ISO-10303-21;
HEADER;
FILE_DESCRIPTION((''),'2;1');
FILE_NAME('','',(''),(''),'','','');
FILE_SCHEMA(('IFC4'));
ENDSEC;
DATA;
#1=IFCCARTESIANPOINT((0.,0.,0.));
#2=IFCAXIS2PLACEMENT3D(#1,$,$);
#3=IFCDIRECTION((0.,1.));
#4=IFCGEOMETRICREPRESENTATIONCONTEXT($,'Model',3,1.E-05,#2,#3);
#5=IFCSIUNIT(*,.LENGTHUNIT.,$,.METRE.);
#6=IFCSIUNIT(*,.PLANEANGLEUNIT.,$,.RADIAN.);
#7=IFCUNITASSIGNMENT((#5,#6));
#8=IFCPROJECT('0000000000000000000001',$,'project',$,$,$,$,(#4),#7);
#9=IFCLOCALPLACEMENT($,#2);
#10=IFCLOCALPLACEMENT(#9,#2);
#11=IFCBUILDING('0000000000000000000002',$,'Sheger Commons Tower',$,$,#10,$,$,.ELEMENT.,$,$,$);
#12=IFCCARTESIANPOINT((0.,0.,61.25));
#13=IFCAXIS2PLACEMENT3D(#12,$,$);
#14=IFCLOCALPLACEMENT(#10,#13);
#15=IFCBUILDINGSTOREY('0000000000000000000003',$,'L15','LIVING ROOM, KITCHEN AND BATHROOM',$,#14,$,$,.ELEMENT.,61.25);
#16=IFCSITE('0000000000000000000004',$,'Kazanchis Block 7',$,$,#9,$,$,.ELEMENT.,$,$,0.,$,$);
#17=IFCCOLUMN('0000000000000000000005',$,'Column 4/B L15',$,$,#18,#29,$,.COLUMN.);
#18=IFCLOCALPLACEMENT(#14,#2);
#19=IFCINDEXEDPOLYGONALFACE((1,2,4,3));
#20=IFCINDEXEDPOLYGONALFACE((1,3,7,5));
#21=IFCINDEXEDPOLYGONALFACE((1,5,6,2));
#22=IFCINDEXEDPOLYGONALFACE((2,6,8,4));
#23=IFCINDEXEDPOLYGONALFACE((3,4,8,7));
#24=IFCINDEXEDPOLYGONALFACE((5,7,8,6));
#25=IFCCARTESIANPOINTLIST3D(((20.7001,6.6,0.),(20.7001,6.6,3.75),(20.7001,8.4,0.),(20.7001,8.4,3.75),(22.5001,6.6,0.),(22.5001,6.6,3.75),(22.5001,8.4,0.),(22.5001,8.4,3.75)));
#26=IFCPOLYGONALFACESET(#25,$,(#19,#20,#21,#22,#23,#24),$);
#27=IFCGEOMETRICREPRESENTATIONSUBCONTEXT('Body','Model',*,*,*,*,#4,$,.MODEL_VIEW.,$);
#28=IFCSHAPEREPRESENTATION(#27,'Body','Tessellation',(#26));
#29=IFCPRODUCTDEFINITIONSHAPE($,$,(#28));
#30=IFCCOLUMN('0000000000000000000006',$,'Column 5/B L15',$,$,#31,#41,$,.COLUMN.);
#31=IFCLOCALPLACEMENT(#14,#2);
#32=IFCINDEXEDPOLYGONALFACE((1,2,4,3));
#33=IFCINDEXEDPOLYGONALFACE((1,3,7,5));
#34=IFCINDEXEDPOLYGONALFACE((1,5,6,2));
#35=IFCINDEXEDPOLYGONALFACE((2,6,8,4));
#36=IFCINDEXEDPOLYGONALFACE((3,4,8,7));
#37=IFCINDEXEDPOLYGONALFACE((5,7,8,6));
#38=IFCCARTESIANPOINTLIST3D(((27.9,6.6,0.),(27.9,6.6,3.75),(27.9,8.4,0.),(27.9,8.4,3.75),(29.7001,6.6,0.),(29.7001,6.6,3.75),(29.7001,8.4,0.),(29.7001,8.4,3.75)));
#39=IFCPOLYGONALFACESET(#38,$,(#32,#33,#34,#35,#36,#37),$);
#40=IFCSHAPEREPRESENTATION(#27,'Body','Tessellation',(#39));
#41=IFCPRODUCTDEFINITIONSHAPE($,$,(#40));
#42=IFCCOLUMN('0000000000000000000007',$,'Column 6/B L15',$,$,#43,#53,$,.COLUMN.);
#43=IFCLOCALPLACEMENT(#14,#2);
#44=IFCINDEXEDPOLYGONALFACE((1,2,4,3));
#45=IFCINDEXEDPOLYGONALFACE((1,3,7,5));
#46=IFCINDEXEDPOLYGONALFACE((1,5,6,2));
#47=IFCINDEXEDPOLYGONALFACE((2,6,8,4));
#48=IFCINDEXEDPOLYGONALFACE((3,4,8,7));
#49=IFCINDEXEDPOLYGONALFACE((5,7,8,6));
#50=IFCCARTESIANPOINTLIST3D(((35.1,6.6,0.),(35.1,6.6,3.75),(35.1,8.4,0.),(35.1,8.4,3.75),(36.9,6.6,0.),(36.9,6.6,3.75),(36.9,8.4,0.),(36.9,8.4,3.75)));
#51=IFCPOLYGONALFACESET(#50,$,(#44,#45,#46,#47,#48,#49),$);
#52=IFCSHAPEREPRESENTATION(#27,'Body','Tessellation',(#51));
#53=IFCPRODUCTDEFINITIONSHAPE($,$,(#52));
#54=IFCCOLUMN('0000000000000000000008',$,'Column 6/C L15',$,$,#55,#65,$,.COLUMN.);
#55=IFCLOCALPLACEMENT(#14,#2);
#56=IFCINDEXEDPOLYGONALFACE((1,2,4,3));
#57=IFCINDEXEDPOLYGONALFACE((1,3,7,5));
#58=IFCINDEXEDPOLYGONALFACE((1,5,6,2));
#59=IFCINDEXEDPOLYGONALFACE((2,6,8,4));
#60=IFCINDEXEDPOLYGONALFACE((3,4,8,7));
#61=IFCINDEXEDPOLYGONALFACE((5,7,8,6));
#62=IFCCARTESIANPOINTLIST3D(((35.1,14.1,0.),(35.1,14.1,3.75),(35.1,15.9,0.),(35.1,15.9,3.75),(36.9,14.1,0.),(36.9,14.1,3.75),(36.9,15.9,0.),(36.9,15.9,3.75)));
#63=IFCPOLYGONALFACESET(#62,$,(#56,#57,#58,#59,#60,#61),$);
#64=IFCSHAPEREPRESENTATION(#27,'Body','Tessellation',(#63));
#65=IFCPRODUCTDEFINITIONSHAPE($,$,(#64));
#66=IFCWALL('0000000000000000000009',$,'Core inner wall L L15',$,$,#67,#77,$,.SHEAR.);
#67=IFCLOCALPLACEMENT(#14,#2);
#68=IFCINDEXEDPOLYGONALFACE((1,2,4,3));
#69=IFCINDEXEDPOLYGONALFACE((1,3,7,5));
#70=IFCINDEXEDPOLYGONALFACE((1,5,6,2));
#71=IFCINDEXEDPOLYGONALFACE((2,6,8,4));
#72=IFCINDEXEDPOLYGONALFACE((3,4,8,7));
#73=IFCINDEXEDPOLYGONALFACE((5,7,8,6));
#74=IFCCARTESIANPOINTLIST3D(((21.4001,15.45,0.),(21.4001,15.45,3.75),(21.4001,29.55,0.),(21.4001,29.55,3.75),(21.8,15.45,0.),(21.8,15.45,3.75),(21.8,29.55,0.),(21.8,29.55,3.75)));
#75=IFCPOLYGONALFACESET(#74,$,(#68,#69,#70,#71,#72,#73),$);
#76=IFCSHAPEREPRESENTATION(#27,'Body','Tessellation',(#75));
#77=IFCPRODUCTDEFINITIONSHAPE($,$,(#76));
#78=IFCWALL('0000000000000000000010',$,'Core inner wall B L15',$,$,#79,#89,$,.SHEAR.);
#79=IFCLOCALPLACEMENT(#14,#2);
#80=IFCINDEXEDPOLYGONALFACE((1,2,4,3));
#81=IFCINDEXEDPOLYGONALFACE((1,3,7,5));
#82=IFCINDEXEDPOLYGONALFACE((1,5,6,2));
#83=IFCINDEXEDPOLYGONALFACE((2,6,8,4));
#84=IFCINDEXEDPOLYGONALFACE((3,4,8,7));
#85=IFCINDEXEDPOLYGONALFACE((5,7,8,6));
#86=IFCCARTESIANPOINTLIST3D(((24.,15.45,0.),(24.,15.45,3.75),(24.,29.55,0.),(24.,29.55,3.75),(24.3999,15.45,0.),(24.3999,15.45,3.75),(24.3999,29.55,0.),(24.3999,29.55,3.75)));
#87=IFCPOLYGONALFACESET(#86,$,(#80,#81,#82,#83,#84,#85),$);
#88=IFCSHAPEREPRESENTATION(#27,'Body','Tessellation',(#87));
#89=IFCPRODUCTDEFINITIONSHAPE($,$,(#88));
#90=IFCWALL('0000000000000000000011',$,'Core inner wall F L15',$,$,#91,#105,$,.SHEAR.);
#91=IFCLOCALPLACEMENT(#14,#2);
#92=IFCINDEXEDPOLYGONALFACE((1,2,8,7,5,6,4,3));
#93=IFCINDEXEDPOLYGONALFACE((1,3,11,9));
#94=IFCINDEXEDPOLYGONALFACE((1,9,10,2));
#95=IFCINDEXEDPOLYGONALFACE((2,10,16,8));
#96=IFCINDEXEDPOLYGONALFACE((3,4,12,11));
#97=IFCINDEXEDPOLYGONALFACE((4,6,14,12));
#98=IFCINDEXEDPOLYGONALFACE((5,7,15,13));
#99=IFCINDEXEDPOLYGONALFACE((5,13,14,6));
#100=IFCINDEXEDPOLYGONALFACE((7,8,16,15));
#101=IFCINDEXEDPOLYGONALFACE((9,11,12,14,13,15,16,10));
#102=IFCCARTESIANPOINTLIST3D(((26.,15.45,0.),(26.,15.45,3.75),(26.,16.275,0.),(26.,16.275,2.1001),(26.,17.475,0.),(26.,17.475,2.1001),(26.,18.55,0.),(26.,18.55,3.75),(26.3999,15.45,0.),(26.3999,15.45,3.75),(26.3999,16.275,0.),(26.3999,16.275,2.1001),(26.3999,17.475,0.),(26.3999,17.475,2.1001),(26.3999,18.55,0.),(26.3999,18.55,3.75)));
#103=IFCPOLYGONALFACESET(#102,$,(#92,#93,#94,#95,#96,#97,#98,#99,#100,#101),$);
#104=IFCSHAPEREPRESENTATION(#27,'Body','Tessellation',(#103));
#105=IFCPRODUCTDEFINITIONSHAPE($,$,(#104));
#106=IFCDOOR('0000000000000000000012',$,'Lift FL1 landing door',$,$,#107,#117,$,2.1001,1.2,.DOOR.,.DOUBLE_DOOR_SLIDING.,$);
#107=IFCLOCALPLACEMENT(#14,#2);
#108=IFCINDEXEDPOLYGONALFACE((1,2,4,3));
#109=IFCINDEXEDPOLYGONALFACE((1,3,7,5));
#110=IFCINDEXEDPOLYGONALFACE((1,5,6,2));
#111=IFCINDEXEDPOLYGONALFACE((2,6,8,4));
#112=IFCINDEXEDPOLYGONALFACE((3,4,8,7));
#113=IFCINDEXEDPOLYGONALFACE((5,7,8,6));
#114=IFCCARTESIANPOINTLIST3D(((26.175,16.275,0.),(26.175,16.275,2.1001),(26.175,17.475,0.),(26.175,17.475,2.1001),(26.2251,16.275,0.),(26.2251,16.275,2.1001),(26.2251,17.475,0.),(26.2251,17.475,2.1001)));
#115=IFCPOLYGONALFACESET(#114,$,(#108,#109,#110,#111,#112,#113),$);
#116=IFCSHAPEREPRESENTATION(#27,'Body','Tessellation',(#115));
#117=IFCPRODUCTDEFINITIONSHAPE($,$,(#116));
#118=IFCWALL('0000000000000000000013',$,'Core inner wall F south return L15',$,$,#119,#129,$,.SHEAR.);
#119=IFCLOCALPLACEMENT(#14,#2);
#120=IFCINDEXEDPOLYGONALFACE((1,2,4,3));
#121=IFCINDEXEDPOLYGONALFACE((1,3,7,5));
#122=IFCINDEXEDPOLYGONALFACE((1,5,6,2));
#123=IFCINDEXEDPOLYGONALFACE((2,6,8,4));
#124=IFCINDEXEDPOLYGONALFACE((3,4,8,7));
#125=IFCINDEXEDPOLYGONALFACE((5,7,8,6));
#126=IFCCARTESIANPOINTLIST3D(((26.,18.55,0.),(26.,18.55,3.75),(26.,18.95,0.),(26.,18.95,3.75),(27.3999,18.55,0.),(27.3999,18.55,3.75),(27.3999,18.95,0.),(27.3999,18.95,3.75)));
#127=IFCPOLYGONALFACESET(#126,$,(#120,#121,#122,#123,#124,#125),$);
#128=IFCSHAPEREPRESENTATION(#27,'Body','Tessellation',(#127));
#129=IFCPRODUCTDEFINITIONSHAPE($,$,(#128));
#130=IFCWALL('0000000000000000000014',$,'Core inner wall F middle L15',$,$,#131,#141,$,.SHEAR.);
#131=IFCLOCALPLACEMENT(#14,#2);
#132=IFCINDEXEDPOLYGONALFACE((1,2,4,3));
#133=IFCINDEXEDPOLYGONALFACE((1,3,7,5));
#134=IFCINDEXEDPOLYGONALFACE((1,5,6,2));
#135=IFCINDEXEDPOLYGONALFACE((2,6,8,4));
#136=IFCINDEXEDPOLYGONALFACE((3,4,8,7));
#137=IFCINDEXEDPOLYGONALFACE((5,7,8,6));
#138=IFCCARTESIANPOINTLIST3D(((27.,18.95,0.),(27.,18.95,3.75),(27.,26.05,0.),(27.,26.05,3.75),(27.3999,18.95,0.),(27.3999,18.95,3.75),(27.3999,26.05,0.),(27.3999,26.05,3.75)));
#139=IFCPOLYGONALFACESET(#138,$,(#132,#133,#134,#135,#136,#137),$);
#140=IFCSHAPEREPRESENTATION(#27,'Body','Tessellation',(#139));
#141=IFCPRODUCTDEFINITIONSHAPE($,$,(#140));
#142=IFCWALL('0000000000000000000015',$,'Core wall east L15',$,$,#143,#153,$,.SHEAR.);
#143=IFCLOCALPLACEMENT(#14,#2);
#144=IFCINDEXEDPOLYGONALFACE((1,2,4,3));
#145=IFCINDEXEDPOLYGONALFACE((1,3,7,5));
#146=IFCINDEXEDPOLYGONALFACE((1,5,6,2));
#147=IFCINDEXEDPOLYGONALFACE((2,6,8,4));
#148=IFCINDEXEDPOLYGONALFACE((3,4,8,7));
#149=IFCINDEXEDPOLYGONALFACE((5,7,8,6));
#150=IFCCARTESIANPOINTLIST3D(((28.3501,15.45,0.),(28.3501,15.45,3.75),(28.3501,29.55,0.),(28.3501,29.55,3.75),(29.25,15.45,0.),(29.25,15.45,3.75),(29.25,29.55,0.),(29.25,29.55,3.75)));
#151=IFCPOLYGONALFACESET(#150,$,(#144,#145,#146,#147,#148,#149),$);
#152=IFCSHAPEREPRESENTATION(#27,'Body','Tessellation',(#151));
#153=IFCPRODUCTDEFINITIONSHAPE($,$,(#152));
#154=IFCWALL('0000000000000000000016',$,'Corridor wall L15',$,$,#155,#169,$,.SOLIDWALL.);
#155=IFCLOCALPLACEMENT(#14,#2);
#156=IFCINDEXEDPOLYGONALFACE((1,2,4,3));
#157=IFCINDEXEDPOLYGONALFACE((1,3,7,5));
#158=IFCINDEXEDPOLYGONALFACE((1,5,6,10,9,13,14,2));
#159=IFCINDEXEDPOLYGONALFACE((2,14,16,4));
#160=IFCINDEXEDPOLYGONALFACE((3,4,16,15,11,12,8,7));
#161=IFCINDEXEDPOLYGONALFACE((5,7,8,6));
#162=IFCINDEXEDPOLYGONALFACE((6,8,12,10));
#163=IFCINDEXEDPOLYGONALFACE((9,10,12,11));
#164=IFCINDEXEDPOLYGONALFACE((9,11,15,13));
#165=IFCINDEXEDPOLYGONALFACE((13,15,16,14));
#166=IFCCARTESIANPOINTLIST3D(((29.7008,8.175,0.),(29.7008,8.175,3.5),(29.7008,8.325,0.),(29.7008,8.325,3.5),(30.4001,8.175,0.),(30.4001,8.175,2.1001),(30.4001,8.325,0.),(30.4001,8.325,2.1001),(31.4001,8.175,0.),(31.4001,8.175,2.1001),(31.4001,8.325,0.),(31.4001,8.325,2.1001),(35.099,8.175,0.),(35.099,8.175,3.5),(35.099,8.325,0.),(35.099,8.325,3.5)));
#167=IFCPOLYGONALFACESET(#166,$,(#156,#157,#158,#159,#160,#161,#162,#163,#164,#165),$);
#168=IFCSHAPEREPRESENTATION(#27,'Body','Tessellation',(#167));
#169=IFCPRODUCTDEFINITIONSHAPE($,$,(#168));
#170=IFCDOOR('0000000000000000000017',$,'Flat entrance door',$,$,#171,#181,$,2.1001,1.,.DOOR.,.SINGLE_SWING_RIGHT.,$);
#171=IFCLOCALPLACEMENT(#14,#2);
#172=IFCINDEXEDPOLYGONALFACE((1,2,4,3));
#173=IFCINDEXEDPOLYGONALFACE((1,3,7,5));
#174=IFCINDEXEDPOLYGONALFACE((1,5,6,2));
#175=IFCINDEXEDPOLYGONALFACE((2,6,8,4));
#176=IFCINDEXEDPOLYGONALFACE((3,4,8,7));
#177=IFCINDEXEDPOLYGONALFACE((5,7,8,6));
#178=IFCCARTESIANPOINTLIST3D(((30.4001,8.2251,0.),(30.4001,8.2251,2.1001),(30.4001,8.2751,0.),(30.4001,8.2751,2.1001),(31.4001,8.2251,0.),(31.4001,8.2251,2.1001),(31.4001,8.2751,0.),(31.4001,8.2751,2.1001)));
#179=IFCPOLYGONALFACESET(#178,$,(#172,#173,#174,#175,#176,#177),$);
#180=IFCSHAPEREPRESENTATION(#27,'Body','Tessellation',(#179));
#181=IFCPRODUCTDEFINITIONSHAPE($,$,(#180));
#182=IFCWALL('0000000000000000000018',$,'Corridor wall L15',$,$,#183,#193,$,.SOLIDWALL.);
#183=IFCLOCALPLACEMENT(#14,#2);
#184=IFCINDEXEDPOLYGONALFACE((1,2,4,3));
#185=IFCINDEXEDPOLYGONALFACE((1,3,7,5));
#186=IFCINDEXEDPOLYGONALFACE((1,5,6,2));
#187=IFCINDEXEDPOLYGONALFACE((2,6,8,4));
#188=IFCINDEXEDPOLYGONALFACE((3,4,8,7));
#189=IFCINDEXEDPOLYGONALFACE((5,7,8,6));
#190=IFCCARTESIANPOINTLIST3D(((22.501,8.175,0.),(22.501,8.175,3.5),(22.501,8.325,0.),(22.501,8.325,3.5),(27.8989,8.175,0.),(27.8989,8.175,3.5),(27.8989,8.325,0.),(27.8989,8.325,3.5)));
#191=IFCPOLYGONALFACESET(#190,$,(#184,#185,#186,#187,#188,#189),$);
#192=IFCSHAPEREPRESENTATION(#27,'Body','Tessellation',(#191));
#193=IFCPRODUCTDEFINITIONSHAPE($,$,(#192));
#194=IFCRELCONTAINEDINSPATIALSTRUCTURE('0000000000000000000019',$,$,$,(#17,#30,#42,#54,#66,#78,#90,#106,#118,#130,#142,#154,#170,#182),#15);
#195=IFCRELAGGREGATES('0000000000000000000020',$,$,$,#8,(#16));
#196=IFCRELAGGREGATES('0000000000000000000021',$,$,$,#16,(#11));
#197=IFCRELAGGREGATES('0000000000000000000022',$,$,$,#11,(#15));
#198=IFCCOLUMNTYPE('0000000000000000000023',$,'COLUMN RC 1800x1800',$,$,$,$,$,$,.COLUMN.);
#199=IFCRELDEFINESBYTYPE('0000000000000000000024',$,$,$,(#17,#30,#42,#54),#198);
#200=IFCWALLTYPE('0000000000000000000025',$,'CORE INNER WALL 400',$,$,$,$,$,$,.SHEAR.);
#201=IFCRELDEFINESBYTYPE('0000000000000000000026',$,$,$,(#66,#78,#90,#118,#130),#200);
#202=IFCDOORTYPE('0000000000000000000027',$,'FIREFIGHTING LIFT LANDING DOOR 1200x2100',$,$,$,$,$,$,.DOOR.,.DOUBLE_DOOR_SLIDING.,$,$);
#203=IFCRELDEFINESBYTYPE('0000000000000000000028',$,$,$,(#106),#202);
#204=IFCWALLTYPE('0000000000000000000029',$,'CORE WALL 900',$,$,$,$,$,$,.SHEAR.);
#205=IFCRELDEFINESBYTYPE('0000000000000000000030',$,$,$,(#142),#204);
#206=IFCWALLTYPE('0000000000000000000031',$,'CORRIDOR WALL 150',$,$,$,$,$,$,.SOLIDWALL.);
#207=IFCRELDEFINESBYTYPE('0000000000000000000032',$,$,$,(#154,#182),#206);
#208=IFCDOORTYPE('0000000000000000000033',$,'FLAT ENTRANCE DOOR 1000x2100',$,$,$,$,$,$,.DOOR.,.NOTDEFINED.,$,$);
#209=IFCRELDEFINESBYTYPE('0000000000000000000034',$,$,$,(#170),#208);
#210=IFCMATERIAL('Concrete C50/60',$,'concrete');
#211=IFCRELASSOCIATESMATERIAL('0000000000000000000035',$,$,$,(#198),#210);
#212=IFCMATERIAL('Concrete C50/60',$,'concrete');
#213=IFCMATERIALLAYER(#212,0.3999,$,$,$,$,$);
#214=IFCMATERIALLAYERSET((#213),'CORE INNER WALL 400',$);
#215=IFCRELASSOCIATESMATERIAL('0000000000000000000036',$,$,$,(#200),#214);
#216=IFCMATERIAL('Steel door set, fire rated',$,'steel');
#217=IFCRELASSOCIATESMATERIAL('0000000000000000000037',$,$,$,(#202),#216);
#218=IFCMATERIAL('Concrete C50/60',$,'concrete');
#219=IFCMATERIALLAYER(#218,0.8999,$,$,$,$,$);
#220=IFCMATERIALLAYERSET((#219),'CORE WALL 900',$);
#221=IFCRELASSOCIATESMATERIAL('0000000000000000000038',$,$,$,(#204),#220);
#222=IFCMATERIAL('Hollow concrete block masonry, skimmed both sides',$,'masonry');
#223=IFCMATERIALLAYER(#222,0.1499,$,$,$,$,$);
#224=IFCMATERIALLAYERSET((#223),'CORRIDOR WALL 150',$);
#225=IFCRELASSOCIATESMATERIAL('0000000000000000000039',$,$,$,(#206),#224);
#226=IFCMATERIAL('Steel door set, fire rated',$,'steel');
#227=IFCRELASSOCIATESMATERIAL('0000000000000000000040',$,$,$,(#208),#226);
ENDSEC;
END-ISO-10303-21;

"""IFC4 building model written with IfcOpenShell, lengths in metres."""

from ifc_helpers import new_model, si_unit, direction, frame, frame_2d, origin, origin_2d, place, context, subcontext, project, spatial, rectangle, extrude, material, layer, layer_set, material_profile, profile_set, type_object, element, fill, save


model = new_model("IFC4")

# Units and contexts
model_context = context("Model", 3, precision=1e-05, world=origin(), true_north=direction((0.0, 1.0)))
body_context = subcontext(model_context, "Body", "Model", "MODEL_VIEW")
ifc_project = project(units=[si_unit("LENGTHUNIT", "METRE"), si_unit("PLANEANGLEUNIT", "RADIAN")], contexts=[model_context])

# Site, building, storey
site_placement = place(None, origin())
site = spatial("IfcSite", under=ifc_project, at=site_placement, Name="Kazanchis Block 7", CompositionType="ELEMENT", RefElevation=0.0)
building_placement = place(site_placement, origin())
building = spatial("IfcBuilding", under=site, at=building_placement, Name="Sheger Commons Tower", CompositionType="ELEMENT")
storey_placement = place(building_placement, frame((0.0, 0.0, 61.25)))
storey = spatial("IfcBuildingStorey", under=building, at=storey_placement, Name="L15", Description="LIVING ROOM, KITCHEN AND BATHROOM", CompositionType="ELEMENT", Elevation=61.25)

# Columns
ifc_material_1 = material(Name="Concrete C50/60", Category="concrete")
ifc_material_profile = material_profile(ifc_material_1, rectangle(XDim=1.8, YDim=1.8, at=origin_2d()), Name="RC 1800x1800")
ifc_profile_set = profile_set([ifc_material_profile], Name="Concrete C50/60")
column_type = type_object("IfcColumnType", Name="COLUMN RC 1800x1800", PredefinedType="COLUMN", material=ifc_profile_set)
for number, where, z_axis, x_axis, name in (
    (1, (21.6001, 7.5, 0.0), (0.0, 0.0, 1.0), (1.0, 0.0, 0.0), "Column 4/B L15"),
    (2, (28.8, 7.5, 0.0), (0.0, 0.0, 1.0), (1.0, 0.0, 0.0), "Column 5/B L15"),
    (3, (36.0, 7.5, 0.0), (0.0, 0.0, 1.0), (1.0, 0.0, 0.0), "Column 6/B L15"),
    (4, (36.0, 15.0, 0.0), (0.0, 0.0, 1.0), (1.0, 0.0, 0.0), "Column 6/C L15"),
):
    element("IfcColumn", number, at=place(storey_placement, frame(where, z_axis=z_axis, x_axis=x_axis)), inside=storey, type_object=column_type, Name=name, PredefinedType="COLUMN", context=body_context, shape_type="SweptSolid", body=[
        extrude(rectangle(XDim=1.8, YDim=1.8, at=origin_2d()), origin(), (0.0, 0.0, 1.0), 3.75),
    ])

# Walls
ifc_material_2 = material(Name="Concrete C50/60", Category="concrete")
ifc_layer_1 = layer(ifc_material_2, 0.3999)
ifc_layer_set_1 = layer_set([ifc_layer_1], Name="CORE INNER WALL 400")
wall_type_1 = type_object("IfcWallType", Name="CORE INNER WALL 400", PredefinedType="SHEAR", material=ifc_layer_set_1)
for number, where, z_axis, x_axis, name in (
    (5, (21.6001, 15.45, 0.0), (0.0, 0.0, 1.0), (0.0, 1.0, 0.0), "Core inner wall L L15"),
    (6, (24.2, 15.45, 0.0), (0.0, 0.0, 1.0), (0.0, 1.0, 0.0), "Core inner wall B L15"),
):
    element("IfcWall", number, at=place(storey_placement, frame(where, z_axis=z_axis, x_axis=x_axis)), inside=storey, type_object=wall_type_1, Name=name, PredefinedType="SHEAR", context=body_context, shape_type="SweptSolid", body=[
        extrude(rectangle(XDim=14.1001, YDim=0.3999, at=frame_2d((7.05, 0.0))), origin(), (0.0, 0.0, 1.0), 3.75),
    ])

# Wall, opening, door
wall_1_placement = place(storey_placement, frame((26.2, 15.45, 0.0), z_axis=(0.0, 0.0, 1.0), x_axis=(0.0, 1.0, 0.0)))
wall_1 = element("IfcWall", 7, at=wall_1_placement, inside=storey, type_object=wall_type_1, Name="Core inner wall F L15", PredefinedType="SHEAR", context=body_context, shape_type="SweptSolid", body=[
    extrude(rectangle(XDim=3.1001, YDim=0.3999, at=frame_2d((1.55, 0.0))), origin(), (0.0, 0.0, 1.0), 3.75),
])
opening_1_placement = place(wall_1_placement, frame((0.825, 0.0, 0.0)))
opening_1 = element("IfcOpeningElement", 8, at=opening_1_placement, cuts=wall_1, PredefinedType="OPENING", context=body_context, shape_type="SweptSolid", body=[
    extrude(rectangle(XDim=1.2, YDim=2.1001, at=frame_2d((0.6001, 1.05))), frame((0.0, 0.21, 0.0), z_axis=(0.0, -1.0, 0.0), x_axis=(1.0, 0.0, 0.0)), (0.0, 0.0, 1.0), 0.4199),
])
ifc_material_3 = material(Name="Steel door set, fire rated", Category="steel")
door_type_1 = type_object("IfcDoorType", Name="FIREFIGHTING LIFT LANDING DOOR 1200x2100", OperationType="DOUBLE_DOOR_SLIDING", PredefinedType="DOOR", material=ifc_material_3)
door_1_placement = place(opening_1_placement, origin())
door_1 = element("IfcDoor", 9, at=door_1_placement, inside=storey, type_object=door_type_1, Name="Lift FL1 landing door", OperationType="DOUBLE_DOOR_SLIDING", OverallHeight=2.1001, OverallWidth=1.2, PredefinedType="DOOR", context=body_context, shape_type="SweptSolid", body=[
    extrude(rectangle(XDim=1.2, YDim=2.1001, at=frame_2d((0.6001, 1.05))), frame((0.0, 0.0249, 0.0), z_axis=(0.0, -1.0, 0.0), x_axis=(1.0, 0.0, 0.0)), (0.0, 0.0, 1.0), 0.05),
])
fill(opening_1, door_1)

# Walls
wall_2_placement = place(storey_placement, frame((26.0, 18.75, 0.0), z_axis=(0.0, 0.0, 1.0), x_axis=(1.0, 0.0, 0.0)))
element("IfcWall", 10, at=wall_2_placement, inside=storey, type_object=wall_type_1, Name="Core inner wall F south return L15", PredefinedType="SHEAR", context=body_context, shape_type="SweptSolid", body=[
    extrude(rectangle(XDim=1.3999, YDim=0.3999, at=frame_2d((0.7, 0.0))), origin(), (0.0, 0.0, 1.0), 3.75),
])
wall_3_placement = place(storey_placement, frame((27.2, 18.95, 0.0), z_axis=(0.0, 0.0, 1.0), x_axis=(0.0, 1.0, 0.0)))
element("IfcWall", 11, at=wall_3_placement, inside=storey, type_object=wall_type_1, Name="Core inner wall F middle L15", PredefinedType="SHEAR", context=body_context, shape_type="SweptSolid", body=[
    extrude(rectangle(XDim=7.1001, YDim=0.3999, at=frame_2d((3.55, 0.0))), origin(), (0.0, 0.0, 1.0), 3.75),
])
ifc_material_4 = material(Name="Concrete C50/60", Category="concrete")
ifc_layer_2 = layer(ifc_material_4, 0.8999)
ifc_layer_set_2 = layer_set([ifc_layer_2], Name="CORE WALL 900")
wall_type_2 = type_object("IfcWallType", Name="CORE WALL 900", PredefinedType="SHEAR", material=ifc_layer_set_2)
wall_4_placement = place(storey_placement, frame((28.8, 15.45, 0.0), z_axis=(0.0, 0.0, 1.0), x_axis=(0.0, 1.0, 0.0)))
element("IfcWall", 12, at=wall_4_placement, inside=storey, type_object=wall_type_2, Name="Core wall east L15", PredefinedType="SHEAR", context=body_context, shape_type="SweptSolid", body=[
    extrude(rectangle(XDim=14.1001, YDim=0.8999, at=frame_2d((7.05, 0.0))), origin(), (0.0, 0.0, 1.0), 3.75),
])

# Wall, opening, door
ifc_material_5 = material(Name="Hollow concrete block masonry, skimmed both sides", Category="masonry")
ifc_layer_3 = layer(ifc_material_5, 0.1499)
ifc_layer_set_3 = layer_set([ifc_layer_3], Name="CORRIDOR WALL 150")
wall_type_3 = type_object("IfcWallType", Name="CORRIDOR WALL 150", PredefinedType="SOLIDWALL", material=ifc_layer_set_3)
wall_5_placement = place(storey_placement, frame((35.0991, 8.25, 0.0), z_axis=(0.0, 0.0, 1.0), x_axis=(-1.0, 0.0, 0.0)))
wall_5 = element("IfcWall", 13, at=wall_5_placement, inside=storey, type_object=wall_type_3, Name="Corridor wall L15", PredefinedType="SOLIDWALL", context=body_context, shape_type="SweptSolid", body=[
    extrude(rectangle(XDim=5.3982, YDim=0.1499, at=frame_2d((2.6992, 0.0))), origin(), (0.0, 0.0, 1.0), 3.5),
])
opening_2_placement = place(wall_5_placement, frame((3.699, 0.0, 0.0)))
opening_2 = element("IfcOpeningElement", 14, at=opening_2_placement, cuts=wall_5, PredefinedType="OPENING", context=body_context, shape_type="SweptSolid", body=[
    extrude(rectangle(XDim=1.0, YDim=2.1001, at=frame_2d((0.5, 1.05))), frame((0.0, 0.085, 0.0), z_axis=(0.0, -1.0, 0.0), x_axis=(1.0, 0.0, 0.0)), (0.0, 0.0, 1.0), 0.1699),
])
ifc_material_6 = material(Name="Steel door set, fire rated", Category="steel")
door_type_2 = type_object("IfcDoorType", Name="FLAT ENTRANCE DOOR 1000x2100", OperationType="NOTDEFINED", PredefinedType="DOOR", material=ifc_material_6)
door_2_placement = place(opening_2_placement, origin())
door_2 = element("IfcDoor", 15, at=door_2_placement, inside=storey, type_object=door_type_2, Name="Flat entrance door", OperationType="SINGLE_SWING_RIGHT", OverallHeight=2.1001, OverallWidth=1.0, PredefinedType="DOOR", context=body_context, shape_type="SweptSolid", body=[
    extrude(rectangle(XDim=1.0, YDim=2.1001, at=frame_2d((0.5, 1.05))), frame((0.0, 0.0249, 0.0), z_axis=(0.0, -1.0, 0.0), x_axis=(1.0, 0.0, 0.0)), (0.0, 0.0, 1.0), 0.05),
])
fill(opening_2, door_2)

# Wall
wall_6_placement = place(storey_placement, frame((27.8989, 8.25, 0.0), z_axis=(0.0, 0.0, 1.0), x_axis=(-1.0, 0.0, 0.0)))
element("IfcWall", 16, at=wall_6_placement, inside=storey, type_object=wall_type_3, Name="Corridor wall L15", PredefinedType="SOLIDWALL", context=body_context, shape_type="SweptSolid", body=[
    extrude(rectangle(XDim=5.3979, YDim=0.1499, at=frame_2d((2.699, 0.0))), origin(), (0.0, 0.0, 1.0), 3.5),
])

save(model, "model.ifc")
